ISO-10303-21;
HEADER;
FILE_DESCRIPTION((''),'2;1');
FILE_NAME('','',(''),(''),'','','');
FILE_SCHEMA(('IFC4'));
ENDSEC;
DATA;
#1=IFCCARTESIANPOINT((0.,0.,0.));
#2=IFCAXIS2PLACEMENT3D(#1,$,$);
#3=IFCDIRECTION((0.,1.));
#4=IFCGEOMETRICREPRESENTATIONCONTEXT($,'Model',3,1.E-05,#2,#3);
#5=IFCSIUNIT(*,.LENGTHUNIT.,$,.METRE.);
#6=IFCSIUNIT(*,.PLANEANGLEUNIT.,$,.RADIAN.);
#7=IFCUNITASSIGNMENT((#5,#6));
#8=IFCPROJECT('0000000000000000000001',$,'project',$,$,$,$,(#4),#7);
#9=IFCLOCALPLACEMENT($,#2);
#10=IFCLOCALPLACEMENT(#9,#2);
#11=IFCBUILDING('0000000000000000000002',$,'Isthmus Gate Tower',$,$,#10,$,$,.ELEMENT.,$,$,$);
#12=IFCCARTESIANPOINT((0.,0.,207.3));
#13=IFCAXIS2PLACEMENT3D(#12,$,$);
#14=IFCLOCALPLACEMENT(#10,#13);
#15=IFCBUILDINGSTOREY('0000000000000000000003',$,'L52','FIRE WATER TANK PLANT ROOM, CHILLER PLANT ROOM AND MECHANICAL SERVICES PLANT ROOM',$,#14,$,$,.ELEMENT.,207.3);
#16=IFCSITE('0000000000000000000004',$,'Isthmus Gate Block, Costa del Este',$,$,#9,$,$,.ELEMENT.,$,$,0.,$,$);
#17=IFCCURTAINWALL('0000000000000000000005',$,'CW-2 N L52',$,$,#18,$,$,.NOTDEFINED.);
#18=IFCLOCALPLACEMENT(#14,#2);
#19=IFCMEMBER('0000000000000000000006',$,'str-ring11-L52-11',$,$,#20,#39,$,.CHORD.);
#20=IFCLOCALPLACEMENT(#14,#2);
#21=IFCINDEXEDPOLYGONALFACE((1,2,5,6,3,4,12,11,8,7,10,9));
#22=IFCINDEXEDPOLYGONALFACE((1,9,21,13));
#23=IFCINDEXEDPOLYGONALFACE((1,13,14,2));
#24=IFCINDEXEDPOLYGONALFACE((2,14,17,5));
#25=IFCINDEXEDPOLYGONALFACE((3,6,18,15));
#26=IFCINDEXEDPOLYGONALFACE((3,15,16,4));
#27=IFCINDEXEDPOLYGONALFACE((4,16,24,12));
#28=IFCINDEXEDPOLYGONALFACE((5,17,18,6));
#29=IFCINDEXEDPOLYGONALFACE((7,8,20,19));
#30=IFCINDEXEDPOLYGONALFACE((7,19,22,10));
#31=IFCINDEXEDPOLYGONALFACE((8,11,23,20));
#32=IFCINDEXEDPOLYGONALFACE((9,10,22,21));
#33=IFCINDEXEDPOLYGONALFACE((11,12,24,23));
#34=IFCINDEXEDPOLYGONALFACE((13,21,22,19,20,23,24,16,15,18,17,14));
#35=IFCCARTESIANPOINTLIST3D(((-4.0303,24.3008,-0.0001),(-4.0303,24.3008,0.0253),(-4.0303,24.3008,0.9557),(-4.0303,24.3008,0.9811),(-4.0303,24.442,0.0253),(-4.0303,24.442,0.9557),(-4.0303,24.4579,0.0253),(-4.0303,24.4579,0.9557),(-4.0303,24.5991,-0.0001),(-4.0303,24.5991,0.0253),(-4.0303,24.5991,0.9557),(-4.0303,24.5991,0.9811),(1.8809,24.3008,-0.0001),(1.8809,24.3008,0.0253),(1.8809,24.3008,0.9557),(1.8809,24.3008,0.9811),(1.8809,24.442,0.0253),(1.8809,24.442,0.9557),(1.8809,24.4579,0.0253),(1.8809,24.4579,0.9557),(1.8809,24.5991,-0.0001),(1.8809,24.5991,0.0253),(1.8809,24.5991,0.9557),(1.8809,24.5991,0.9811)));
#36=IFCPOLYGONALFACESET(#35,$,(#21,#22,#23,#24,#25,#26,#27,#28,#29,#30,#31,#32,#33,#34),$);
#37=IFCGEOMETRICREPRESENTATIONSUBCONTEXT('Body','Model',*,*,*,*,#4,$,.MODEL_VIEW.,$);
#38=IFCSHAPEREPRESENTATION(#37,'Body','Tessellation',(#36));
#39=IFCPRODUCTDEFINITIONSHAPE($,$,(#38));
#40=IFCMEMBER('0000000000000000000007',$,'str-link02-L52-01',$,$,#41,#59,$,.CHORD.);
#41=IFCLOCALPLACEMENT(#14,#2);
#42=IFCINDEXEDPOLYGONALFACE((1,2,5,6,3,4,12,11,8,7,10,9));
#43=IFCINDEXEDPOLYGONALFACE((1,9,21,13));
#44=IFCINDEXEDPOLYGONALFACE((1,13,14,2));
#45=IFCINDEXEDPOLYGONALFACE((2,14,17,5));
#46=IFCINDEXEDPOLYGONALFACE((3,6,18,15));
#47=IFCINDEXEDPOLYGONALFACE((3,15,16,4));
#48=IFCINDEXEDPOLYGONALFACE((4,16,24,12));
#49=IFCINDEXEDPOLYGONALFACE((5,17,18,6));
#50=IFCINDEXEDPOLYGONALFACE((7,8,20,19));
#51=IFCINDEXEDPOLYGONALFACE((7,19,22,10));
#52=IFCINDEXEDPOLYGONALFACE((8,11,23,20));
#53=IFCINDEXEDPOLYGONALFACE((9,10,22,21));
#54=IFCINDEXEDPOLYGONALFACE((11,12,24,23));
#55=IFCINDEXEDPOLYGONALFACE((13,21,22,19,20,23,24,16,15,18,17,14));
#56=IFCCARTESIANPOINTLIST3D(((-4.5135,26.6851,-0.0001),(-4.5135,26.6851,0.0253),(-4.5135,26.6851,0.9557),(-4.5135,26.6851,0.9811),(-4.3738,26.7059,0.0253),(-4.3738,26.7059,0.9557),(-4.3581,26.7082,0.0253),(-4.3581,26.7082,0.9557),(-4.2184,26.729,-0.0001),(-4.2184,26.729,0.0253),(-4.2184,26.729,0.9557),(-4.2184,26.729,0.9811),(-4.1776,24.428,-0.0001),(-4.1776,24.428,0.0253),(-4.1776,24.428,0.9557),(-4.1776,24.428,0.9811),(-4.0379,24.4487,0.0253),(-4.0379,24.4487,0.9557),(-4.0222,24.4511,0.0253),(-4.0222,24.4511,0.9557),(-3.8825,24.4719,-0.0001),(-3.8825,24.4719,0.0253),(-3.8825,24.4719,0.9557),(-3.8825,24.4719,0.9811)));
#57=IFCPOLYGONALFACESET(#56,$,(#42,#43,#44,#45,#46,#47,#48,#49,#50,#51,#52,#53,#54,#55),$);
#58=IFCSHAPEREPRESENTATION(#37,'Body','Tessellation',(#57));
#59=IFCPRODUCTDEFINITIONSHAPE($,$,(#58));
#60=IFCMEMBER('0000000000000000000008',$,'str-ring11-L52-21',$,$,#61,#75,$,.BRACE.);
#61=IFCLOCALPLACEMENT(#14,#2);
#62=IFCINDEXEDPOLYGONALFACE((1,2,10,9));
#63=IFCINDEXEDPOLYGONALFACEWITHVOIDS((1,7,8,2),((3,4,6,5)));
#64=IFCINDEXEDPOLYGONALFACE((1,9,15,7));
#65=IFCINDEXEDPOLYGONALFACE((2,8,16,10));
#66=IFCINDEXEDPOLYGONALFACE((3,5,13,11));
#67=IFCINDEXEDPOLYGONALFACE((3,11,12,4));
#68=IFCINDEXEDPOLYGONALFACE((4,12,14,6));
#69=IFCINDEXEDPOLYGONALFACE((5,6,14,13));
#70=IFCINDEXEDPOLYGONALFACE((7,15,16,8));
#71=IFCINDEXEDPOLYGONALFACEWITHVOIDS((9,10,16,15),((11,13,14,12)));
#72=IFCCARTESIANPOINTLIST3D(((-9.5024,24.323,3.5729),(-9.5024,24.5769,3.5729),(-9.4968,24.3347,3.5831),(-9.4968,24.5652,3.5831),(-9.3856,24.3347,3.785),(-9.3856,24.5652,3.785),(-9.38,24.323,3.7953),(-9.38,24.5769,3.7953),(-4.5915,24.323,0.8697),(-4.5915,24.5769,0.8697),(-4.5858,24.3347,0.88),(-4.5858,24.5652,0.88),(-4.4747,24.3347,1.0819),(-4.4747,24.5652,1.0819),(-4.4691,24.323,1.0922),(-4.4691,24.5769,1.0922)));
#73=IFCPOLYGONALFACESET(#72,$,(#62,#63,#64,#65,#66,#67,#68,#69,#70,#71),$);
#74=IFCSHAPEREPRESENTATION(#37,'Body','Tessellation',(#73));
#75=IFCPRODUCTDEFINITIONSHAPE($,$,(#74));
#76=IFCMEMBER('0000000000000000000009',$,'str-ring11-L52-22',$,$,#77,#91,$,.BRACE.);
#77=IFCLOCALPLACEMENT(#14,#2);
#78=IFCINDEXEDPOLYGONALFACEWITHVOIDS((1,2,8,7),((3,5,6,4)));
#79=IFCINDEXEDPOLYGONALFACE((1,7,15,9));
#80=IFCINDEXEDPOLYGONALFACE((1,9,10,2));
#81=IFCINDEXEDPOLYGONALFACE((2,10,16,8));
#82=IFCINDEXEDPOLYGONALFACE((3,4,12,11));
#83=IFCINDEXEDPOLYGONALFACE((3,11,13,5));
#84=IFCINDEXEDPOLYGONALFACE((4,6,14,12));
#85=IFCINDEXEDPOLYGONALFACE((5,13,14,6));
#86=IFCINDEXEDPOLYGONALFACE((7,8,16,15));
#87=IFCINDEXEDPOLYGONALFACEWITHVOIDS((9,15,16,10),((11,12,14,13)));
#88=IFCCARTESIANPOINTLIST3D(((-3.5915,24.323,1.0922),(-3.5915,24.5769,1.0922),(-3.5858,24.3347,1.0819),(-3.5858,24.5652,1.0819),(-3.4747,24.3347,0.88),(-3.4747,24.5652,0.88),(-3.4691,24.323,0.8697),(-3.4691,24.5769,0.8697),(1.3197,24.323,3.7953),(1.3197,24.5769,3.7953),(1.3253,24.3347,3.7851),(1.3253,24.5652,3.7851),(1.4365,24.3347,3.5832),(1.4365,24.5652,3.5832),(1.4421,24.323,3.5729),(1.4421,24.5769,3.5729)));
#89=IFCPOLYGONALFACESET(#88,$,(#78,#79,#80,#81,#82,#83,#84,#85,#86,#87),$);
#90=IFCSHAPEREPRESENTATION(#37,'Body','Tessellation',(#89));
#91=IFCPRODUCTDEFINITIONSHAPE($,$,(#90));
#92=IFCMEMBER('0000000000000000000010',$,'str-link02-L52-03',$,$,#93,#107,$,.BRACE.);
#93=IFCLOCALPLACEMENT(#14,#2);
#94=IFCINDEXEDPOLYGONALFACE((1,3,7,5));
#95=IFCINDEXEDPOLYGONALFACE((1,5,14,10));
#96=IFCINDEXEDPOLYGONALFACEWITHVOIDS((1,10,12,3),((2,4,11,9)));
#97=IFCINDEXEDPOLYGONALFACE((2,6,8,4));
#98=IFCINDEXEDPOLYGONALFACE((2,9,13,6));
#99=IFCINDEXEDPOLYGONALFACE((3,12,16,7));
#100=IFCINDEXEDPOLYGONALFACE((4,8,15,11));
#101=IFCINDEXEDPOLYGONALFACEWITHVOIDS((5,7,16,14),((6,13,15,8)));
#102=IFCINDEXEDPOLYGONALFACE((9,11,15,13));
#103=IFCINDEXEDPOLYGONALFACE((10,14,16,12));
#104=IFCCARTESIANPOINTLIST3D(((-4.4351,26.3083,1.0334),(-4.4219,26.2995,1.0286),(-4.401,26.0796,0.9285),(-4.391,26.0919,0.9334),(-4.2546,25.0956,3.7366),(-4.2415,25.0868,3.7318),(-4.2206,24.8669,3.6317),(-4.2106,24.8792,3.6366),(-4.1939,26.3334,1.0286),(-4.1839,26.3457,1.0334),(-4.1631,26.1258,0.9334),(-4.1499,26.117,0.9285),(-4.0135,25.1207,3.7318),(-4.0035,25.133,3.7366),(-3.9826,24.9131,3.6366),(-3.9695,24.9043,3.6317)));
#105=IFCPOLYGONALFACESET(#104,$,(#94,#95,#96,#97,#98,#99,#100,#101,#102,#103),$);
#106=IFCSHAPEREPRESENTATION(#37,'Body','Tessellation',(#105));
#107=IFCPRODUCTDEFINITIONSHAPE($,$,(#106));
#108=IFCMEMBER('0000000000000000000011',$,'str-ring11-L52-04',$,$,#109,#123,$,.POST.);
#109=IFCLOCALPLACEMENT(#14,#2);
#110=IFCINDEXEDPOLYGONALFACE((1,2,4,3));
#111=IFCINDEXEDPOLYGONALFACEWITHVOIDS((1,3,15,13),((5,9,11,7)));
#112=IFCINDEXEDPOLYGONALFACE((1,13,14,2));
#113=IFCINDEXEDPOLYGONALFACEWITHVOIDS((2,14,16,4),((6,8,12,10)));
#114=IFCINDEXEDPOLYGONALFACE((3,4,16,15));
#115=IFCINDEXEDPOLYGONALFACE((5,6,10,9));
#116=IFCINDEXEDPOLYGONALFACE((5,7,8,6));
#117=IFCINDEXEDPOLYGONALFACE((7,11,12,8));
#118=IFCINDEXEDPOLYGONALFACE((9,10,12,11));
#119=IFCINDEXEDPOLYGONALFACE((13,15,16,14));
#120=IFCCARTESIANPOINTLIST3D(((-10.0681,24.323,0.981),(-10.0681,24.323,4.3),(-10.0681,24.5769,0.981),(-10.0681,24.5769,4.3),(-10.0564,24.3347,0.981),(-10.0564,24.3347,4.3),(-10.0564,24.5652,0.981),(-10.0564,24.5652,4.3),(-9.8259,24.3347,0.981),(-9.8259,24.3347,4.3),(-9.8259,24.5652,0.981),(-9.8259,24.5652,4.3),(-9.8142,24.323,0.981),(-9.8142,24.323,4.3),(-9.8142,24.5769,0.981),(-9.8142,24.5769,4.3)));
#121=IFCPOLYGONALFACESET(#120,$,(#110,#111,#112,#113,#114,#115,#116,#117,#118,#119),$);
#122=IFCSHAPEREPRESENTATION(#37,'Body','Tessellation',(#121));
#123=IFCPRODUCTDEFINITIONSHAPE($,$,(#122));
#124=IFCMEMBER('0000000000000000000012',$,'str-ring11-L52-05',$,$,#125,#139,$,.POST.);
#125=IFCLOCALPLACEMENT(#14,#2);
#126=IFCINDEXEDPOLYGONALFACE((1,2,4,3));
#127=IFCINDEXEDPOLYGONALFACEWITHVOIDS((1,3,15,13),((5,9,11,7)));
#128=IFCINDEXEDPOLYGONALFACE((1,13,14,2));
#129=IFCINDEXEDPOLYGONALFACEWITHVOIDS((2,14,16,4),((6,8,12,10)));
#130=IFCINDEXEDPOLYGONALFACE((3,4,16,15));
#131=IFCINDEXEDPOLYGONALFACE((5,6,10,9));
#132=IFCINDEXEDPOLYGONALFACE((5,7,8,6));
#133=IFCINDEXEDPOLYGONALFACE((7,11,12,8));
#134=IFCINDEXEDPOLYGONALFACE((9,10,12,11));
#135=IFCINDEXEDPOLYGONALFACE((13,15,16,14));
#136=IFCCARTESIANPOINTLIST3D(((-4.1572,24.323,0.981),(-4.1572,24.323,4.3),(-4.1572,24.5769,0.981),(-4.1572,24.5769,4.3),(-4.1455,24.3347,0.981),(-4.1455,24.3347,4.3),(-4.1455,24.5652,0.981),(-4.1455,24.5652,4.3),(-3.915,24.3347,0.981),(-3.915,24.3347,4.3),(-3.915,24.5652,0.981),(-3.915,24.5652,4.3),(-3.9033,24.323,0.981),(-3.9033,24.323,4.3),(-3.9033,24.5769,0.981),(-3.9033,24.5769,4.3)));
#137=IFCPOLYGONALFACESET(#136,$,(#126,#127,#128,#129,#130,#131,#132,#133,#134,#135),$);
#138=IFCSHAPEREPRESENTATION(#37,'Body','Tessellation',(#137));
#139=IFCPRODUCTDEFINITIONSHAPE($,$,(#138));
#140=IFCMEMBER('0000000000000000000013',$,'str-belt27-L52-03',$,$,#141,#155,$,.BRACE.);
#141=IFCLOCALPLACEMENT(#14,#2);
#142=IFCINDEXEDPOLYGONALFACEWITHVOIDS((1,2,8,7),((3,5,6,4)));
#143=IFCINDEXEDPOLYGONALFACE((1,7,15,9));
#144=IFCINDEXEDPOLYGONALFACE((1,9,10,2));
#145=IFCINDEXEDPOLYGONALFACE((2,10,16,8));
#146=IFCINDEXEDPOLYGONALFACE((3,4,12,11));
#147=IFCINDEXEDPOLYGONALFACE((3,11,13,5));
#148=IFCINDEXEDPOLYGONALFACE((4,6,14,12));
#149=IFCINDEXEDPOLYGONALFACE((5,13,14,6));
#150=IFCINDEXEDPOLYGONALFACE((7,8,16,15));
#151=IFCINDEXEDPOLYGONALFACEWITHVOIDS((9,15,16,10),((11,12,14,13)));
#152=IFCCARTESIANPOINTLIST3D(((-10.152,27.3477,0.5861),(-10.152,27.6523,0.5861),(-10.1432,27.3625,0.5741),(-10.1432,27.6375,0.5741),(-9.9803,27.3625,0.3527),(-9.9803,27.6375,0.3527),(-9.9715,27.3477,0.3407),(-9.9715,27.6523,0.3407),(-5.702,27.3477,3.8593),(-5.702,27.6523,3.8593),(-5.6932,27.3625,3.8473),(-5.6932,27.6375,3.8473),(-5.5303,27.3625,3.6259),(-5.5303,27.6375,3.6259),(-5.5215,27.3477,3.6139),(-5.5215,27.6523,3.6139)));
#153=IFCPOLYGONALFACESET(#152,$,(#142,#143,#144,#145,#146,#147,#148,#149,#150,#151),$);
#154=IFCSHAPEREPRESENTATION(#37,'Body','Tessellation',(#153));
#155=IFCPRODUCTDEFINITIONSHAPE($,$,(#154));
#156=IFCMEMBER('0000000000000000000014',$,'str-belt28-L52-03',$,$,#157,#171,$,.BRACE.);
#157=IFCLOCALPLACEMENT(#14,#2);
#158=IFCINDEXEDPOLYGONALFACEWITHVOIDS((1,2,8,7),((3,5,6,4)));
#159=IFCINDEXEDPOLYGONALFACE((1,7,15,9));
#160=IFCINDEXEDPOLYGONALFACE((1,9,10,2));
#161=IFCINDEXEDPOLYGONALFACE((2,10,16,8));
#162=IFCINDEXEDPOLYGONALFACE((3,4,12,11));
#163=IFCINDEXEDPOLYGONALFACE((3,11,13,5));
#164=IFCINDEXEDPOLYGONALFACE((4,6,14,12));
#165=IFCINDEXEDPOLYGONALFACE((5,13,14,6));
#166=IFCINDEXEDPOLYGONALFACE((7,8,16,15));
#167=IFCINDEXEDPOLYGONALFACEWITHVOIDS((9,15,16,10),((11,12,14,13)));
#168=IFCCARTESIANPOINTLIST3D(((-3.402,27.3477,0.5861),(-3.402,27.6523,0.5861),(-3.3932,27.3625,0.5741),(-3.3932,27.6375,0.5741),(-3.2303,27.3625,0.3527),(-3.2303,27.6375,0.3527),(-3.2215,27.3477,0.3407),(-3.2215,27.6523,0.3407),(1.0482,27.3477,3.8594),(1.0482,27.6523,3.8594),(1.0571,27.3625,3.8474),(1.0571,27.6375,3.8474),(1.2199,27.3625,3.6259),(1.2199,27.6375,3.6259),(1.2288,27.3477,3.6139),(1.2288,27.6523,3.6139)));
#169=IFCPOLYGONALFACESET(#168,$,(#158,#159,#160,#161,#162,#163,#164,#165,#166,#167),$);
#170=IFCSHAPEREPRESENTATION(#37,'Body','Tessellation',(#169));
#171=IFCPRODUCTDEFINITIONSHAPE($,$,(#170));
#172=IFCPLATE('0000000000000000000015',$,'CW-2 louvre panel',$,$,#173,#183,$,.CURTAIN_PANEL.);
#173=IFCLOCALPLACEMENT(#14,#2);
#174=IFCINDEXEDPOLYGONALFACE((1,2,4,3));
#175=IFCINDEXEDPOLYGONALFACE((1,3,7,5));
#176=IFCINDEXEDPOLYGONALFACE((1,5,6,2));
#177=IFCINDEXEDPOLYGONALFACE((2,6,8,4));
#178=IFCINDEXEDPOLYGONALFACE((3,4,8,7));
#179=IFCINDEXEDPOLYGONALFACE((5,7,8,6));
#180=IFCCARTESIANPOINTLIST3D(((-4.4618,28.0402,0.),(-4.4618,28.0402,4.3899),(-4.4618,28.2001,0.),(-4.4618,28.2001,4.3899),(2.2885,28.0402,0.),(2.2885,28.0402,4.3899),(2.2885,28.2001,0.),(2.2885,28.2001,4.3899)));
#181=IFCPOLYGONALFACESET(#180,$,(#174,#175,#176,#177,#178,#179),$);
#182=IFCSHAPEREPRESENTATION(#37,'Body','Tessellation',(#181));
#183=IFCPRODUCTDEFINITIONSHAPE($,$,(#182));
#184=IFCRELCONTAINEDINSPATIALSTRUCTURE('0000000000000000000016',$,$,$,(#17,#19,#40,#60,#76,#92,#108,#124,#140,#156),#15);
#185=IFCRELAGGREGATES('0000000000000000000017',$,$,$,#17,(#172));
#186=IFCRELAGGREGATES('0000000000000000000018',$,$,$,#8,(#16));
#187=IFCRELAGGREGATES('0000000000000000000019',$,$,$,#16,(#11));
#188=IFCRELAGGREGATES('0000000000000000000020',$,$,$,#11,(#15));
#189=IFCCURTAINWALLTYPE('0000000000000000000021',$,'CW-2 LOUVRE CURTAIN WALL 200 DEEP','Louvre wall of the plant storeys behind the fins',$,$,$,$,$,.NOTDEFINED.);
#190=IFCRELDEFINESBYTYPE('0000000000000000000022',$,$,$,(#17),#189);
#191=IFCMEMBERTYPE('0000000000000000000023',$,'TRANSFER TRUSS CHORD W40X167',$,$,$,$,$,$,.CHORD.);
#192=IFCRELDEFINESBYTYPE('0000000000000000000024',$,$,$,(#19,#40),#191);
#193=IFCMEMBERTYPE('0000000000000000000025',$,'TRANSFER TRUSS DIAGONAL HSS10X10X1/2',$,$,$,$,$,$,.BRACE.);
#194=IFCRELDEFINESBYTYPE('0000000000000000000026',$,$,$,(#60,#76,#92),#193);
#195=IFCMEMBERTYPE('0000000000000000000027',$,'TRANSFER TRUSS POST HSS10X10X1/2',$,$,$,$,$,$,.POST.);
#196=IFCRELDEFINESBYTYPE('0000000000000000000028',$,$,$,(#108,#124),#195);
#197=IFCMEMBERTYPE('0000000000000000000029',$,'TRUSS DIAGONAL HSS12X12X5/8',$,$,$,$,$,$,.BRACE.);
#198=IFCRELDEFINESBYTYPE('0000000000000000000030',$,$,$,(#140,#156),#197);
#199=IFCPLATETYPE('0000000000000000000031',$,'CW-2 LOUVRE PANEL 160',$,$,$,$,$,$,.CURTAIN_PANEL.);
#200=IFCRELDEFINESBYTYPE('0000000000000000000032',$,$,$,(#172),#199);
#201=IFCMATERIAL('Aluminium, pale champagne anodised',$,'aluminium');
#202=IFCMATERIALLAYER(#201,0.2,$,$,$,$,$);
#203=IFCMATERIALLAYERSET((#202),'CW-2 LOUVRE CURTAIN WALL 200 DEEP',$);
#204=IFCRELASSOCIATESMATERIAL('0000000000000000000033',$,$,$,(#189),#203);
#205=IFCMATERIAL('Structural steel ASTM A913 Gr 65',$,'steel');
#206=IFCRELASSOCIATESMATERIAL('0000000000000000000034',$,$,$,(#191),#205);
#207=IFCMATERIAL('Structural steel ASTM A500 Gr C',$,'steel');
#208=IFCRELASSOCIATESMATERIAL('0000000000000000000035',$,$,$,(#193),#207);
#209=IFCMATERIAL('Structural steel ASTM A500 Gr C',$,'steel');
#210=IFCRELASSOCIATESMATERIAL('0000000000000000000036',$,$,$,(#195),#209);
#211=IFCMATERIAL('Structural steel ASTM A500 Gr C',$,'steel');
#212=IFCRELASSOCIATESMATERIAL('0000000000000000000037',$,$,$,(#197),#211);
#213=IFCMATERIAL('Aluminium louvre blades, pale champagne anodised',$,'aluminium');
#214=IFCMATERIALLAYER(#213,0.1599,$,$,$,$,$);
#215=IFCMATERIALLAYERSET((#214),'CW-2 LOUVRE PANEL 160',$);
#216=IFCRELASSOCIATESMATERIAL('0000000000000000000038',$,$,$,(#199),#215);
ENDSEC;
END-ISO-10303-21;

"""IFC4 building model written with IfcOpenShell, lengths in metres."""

from ifc_helpers import new_model, si_unit, direction, frame, origin, origin_2d, place, context, subcontext, project, spatial, rectangle, hollow_rectangle, i_section, extrude, material, layer, layer_set, material_profile, profile_set, type_object, element, aggregate, save


model = new_model("IFC4")

# Units and contexts
model_context = context("Model", 3, precision=1e-05, world=origin(), true_north=direction((0.0, 1.0)))
body_context = subcontext(model_context, "Body", "Model", "MODEL_VIEW")
ifc_project = project(units=[si_unit("LENGTHUNIT", "METRE"), si_unit("PLANEANGLEUNIT", "RADIAN")], contexts=[model_context])

# Site, building, storey
site_placement = place(None, origin())
site = spatial("IfcSite", under=ifc_project, at=site_placement, Name="Isthmus Gate Block, Costa del Este", CompositionType="ELEMENT", RefElevation=0.0)
building_placement = place(site_placement, origin())
building = spatial("IfcBuilding", under=site, at=building_placement, Name="Isthmus Gate Tower", CompositionType="ELEMENT")
storey_placement = place(building_placement, frame((0.0, 0.0, 207.3)))
storey = spatial("IfcBuildingStorey", under=building, at=storey_placement, Name="L52", Description="FIRE WATER TANK PLANT ROOM, CHILLER PLANT ROOM AND MECHANICAL SERVICES PLANT ROOM", CompositionType="ELEMENT", Elevation=207.3)

# Curtain wall
ifc_material_1 = material(Name="Aluminium, pale champagne anodised", Category="aluminium")
ifc_layer_1 = layer(ifc_material_1, 0.2)
ifc_layer_set_1 = layer_set([ifc_layer_1], Name="CW-2 LOUVRE CURTAIN WALL 200 DEEP")
curtain_wall_type = type_object("IfcCurtainWallType", Name="CW-2 LOUVRE CURTAIN WALL 200 DEEP", Description="Louvre wall of the plant storeys behind the fins", PredefinedType="NOTDEFINED", material=ifc_layer_set_1)
curtain_wall_placement = place(storey_placement, origin())
curtain_wall = element("IfcCurtainWall", 1, at=curtain_wall_placement, inside=storey, type_object=curtain_wall_type, Name="CW-2 N L52", PredefinedType="NOTDEFINED")

# Members
ifc_material_2 = material(Name="Structural steel ASTM A913 Gr 65", Category="steel")
ifc_material_profile_1 = material_profile(ifc_material_2, i_section(OverallWidth=0.2983, OverallDepth=0.9812, WebThickness=0.0159, FlangeThickness=0.0254, at=origin_2d()), Name="W40X167")
ifc_profile_set_1 = profile_set([ifc_material_profile_1], Name="Structural steel ASTM A913 Gr 65")
member_type_1 = type_object("IfcMemberType", Name="TRANSFER TRUSS CHORD W40X167", PredefinedType="CHORD", material=ifc_profile_set_1)
member_1_placement = place(storey_placement, frame((-4.0303, 24.45, 0.4905), z_axis=(1.0, 0.0, 0.0), x_axis=(0.0, 1.0, 0.0)))
element("IfcMember", 2, at=member_1_placement, inside=storey, type_object=member_type_1, Name="str-ring11-L52-11", PredefinedType="CHORD", context=body_context, shape_type="SweptSolid", body=[
    extrude(i_section(OverallWidth=0.2983, OverallDepth=0.9812, WebThickness=0.0159, FlangeThickness=0.0254, at=origin_2d()), origin(), (0.0, 0.0, 1.0), 5.9111),
])
member_2_placement = place(storey_placement, frame((-4.366, 26.707, 0.4905), z_axis=(0.147216, -0.989104, 0.0), x_axis=(0.989104, 0.147216, 0.0)))
element("IfcMember", 3, at=member_2_placement, inside=storey, type_object=member_type_1, Name="str-link02-L52-01", PredefinedType="CHORD", context=body_context, shape_type="SweptSolid", body=[
    extrude(i_section(OverallWidth=0.2983, OverallDepth=0.9812, WebThickness=0.0159, FlangeThickness=0.0254, at=origin_2d()), origin(), (0.0, 0.0, 1.0), 2.282),
])
ifc_material_3 = material(Name="Structural steel ASTM A500 Gr C", Category="steel")
ifc_material_profile_2 = material_profile(ifc_material_3, hollow_rectangle(XDim=0.2539, YDim=0.2539, WallThickness=0.0117, at=origin_2d()), Name="HSS10X10X1/2")
ifc_profile_set_2 = profile_set([ifc_material_profile_2], Name="Structural steel ASTM A500 Gr C")
member_type_2 = type_object("IfcMemberType", Name="TRANSFER TRUSS DIAGONAL HSS10X10X1/2", PredefinedType="BRACE", material=ifc_profile_set_2)
member_3_placement = place(storey_placement, frame((-4.5303, 24.45, 0.981), z_axis=(-0.876055, 0.0, 0.482211), x_axis=(0.0, -1.0, 0.0)))
element("IfcMember", 4, at=member_3_placement, inside=storey, type_object=member_type_2, Name="str-ring11-L52-21", PredefinedType="BRACE", context=body_context, shape_type="SweptSolid", body=[
    extrude(hollow_rectangle(XDim=0.2539, YDim=0.2539, WallThickness=0.0117, at=origin_2d()), origin(), (0.0, 0.0, 1.0), 5.6057),
])
member_4_placement = place(storey_placement, frame((-3.5303, 24.45, 0.981), z_axis=(0.876065, 0.0, 0.482193), x_axis=(0.0, 1.0, 0.0)))
element("IfcMember", 5, at=member_4_placement, inside=storey, type_object=member_type_2, Name="str-ring11-L52-22", PredefinedType="BRACE", context=body_context, shape_type="SweptSolid", body=[
    extrude(hollow_rectangle(XDim=0.2539, YDim=0.2539, WallThickness=0.0117, at=origin_2d()), origin(), (0.0, 0.0, 1.0), 5.606),
])
member_5_placement = place(storey_placement, frame((-4.2925, 26.2126, 0.981), z_axis=(0.060785, -0.408552, 0.910709), x_axis=(0.989112, 0.147162, 0.0)))
element("IfcMember", 6, at=member_5_placement, inside=storey, type_object=member_type_2, Name="str-link02-L52-03", PredefinedType="BRACE", context=body_context, shape_type="SweptSolid", body=[
    extrude(hollow_rectangle(XDim=0.2539, YDim=0.2539, WallThickness=0.0117, at=origin_2d()), origin(), (0.0, 0.0, 1.0), 2.9683),
])
ifc_material_4 = material(Name="Structural steel ASTM A500 Gr C", Category="steel")
ifc_material_profile_3 = material_profile(ifc_material_4, hollow_rectangle(XDim=0.2539, YDim=0.2539, WallThickness=0.0117, at=origin_2d()), Name="HSS10X10X1/2")
ifc_profile_set_3 = profile_set([ifc_material_profile_3], Name="Structural steel ASTM A500 Gr C")
member_type_3 = type_object("IfcMemberType", Name="TRANSFER TRUSS POST HSS10X10X1/2", PredefinedType="POST", material=ifc_profile_set_3)
for number, where, z_axis, x_axis, name in (
    (7, (-9.9412, 24.45, 0.981), (0.0, 0.0, 1.0), (1.0, 0.0, 0.0), "str-ring11-L52-04"),
    (8, (-4.0303, 24.45, 0.981), (0.0, 0.0, 1.0), (1.0, 0.0, 0.0), "str-ring11-L52-05"),
):
    element("IfcMember", number, at=place(storey_placement, frame(where, z_axis=z_axis, x_axis=x_axis)), inside=storey, type_object=member_type_3, Name=name, PredefinedType="POST", context=body_context, shape_type="SweptSolid", body=[
        extrude(hollow_rectangle(XDim=0.2539, YDim=0.2539, WallThickness=0.0117, at=origin_2d()), origin(), (0.0, 0.0, 1.0), 3.3191),
    ])
ifc_material_5 = material(Name="Structural steel ASTM A500 Gr C", Category="steel")
ifc_material_profile_4 = material_profile(ifc_material_5, hollow_rectangle(XDim=0.3047, YDim=0.3047, WallThickness=0.0149, at=origin_2d()), Name="HSS12X12X5/8")
ifc_profile_set_4 = profile_set([ifc_material_profile_4], Name="Structural steel ASTM A500 Gr C")
member_type_4 = type_object("IfcMemberType", Name="TRUSS DIAGONAL HSS12X12X5/8", PredefinedType="BRACE", material=ifc_profile_set_4)
member_6_placement = place(storey_placement, frame((-10.0618, 27.5, 0.4634), z_axis=(0.80555, 0.0, 0.592528), x_axis=(0.0, 1.0, 0.0)))
element("IfcMember", 9, at=member_6_placement, inside=storey, type_object=member_type_4, Name="str-belt27-L52-03", PredefinedType="BRACE", context=body_context, shape_type="SweptSolid", body=[
    extrude(hollow_rectangle(XDim=0.3047, YDim=0.3047, WallThickness=0.0149, at=origin_2d()), origin(), (0.0, 0.0, 1.0), 5.5242),
])
member_7_placement = place(storey_placement, frame((-3.3118, 27.5, 0.4634), z_axis=(0.805565, 0.0, 0.592507), x_axis=(0.0, 1.0, 0.0)))
element("IfcMember", 10, at=member_7_placement, inside=storey, type_object=member_type_4, Name="str-belt28-L52-03", PredefinedType="BRACE", context=body_context, shape_type="SweptSolid", body=[
    extrude(hollow_rectangle(XDim=0.3047, YDim=0.3047, WallThickness=0.0149, at=origin_2d()), origin(), (0.0, 0.0, 1.0), 5.5244),
])

# Plate
ifc_material_6 = material(Name="Aluminium louvre blades, pale champagne anodised", Category="aluminium")
ifc_layer_2 = layer(ifc_material_6, 0.1599)
ifc_layer_set_2 = layer_set([ifc_layer_2], Name="CW-2 LOUVRE PANEL 160")
plate_type = type_object("IfcPlateType", Name="CW-2 LOUVRE PANEL 160", PredefinedType="CURTAIN_PANEL", material=ifc_layer_set_2)
plate_1_placement = place(storey_placement, frame((-1.0867, 28.1201, 0.0), z_axis=(0.0, 0.0, 1.0), x_axis=(-1.0, 0.0, 0.0)))
plate_1 = element("IfcPlate", 11, at=plate_1_placement, type_object=plate_type, Name="CW-2 louvre panel", PredefinedType="CURTAIN_PANEL", context=body_context, shape_type="SweptSolid", body=[
    extrude(rectangle(XDim=6.7502, YDim=0.1599, at=origin_2d()), origin(), (0.0, 0.0, 1.0), 4.3899),
])
aggregate(curtain_wall, [plate_1])

save(model, "model.ifc")
